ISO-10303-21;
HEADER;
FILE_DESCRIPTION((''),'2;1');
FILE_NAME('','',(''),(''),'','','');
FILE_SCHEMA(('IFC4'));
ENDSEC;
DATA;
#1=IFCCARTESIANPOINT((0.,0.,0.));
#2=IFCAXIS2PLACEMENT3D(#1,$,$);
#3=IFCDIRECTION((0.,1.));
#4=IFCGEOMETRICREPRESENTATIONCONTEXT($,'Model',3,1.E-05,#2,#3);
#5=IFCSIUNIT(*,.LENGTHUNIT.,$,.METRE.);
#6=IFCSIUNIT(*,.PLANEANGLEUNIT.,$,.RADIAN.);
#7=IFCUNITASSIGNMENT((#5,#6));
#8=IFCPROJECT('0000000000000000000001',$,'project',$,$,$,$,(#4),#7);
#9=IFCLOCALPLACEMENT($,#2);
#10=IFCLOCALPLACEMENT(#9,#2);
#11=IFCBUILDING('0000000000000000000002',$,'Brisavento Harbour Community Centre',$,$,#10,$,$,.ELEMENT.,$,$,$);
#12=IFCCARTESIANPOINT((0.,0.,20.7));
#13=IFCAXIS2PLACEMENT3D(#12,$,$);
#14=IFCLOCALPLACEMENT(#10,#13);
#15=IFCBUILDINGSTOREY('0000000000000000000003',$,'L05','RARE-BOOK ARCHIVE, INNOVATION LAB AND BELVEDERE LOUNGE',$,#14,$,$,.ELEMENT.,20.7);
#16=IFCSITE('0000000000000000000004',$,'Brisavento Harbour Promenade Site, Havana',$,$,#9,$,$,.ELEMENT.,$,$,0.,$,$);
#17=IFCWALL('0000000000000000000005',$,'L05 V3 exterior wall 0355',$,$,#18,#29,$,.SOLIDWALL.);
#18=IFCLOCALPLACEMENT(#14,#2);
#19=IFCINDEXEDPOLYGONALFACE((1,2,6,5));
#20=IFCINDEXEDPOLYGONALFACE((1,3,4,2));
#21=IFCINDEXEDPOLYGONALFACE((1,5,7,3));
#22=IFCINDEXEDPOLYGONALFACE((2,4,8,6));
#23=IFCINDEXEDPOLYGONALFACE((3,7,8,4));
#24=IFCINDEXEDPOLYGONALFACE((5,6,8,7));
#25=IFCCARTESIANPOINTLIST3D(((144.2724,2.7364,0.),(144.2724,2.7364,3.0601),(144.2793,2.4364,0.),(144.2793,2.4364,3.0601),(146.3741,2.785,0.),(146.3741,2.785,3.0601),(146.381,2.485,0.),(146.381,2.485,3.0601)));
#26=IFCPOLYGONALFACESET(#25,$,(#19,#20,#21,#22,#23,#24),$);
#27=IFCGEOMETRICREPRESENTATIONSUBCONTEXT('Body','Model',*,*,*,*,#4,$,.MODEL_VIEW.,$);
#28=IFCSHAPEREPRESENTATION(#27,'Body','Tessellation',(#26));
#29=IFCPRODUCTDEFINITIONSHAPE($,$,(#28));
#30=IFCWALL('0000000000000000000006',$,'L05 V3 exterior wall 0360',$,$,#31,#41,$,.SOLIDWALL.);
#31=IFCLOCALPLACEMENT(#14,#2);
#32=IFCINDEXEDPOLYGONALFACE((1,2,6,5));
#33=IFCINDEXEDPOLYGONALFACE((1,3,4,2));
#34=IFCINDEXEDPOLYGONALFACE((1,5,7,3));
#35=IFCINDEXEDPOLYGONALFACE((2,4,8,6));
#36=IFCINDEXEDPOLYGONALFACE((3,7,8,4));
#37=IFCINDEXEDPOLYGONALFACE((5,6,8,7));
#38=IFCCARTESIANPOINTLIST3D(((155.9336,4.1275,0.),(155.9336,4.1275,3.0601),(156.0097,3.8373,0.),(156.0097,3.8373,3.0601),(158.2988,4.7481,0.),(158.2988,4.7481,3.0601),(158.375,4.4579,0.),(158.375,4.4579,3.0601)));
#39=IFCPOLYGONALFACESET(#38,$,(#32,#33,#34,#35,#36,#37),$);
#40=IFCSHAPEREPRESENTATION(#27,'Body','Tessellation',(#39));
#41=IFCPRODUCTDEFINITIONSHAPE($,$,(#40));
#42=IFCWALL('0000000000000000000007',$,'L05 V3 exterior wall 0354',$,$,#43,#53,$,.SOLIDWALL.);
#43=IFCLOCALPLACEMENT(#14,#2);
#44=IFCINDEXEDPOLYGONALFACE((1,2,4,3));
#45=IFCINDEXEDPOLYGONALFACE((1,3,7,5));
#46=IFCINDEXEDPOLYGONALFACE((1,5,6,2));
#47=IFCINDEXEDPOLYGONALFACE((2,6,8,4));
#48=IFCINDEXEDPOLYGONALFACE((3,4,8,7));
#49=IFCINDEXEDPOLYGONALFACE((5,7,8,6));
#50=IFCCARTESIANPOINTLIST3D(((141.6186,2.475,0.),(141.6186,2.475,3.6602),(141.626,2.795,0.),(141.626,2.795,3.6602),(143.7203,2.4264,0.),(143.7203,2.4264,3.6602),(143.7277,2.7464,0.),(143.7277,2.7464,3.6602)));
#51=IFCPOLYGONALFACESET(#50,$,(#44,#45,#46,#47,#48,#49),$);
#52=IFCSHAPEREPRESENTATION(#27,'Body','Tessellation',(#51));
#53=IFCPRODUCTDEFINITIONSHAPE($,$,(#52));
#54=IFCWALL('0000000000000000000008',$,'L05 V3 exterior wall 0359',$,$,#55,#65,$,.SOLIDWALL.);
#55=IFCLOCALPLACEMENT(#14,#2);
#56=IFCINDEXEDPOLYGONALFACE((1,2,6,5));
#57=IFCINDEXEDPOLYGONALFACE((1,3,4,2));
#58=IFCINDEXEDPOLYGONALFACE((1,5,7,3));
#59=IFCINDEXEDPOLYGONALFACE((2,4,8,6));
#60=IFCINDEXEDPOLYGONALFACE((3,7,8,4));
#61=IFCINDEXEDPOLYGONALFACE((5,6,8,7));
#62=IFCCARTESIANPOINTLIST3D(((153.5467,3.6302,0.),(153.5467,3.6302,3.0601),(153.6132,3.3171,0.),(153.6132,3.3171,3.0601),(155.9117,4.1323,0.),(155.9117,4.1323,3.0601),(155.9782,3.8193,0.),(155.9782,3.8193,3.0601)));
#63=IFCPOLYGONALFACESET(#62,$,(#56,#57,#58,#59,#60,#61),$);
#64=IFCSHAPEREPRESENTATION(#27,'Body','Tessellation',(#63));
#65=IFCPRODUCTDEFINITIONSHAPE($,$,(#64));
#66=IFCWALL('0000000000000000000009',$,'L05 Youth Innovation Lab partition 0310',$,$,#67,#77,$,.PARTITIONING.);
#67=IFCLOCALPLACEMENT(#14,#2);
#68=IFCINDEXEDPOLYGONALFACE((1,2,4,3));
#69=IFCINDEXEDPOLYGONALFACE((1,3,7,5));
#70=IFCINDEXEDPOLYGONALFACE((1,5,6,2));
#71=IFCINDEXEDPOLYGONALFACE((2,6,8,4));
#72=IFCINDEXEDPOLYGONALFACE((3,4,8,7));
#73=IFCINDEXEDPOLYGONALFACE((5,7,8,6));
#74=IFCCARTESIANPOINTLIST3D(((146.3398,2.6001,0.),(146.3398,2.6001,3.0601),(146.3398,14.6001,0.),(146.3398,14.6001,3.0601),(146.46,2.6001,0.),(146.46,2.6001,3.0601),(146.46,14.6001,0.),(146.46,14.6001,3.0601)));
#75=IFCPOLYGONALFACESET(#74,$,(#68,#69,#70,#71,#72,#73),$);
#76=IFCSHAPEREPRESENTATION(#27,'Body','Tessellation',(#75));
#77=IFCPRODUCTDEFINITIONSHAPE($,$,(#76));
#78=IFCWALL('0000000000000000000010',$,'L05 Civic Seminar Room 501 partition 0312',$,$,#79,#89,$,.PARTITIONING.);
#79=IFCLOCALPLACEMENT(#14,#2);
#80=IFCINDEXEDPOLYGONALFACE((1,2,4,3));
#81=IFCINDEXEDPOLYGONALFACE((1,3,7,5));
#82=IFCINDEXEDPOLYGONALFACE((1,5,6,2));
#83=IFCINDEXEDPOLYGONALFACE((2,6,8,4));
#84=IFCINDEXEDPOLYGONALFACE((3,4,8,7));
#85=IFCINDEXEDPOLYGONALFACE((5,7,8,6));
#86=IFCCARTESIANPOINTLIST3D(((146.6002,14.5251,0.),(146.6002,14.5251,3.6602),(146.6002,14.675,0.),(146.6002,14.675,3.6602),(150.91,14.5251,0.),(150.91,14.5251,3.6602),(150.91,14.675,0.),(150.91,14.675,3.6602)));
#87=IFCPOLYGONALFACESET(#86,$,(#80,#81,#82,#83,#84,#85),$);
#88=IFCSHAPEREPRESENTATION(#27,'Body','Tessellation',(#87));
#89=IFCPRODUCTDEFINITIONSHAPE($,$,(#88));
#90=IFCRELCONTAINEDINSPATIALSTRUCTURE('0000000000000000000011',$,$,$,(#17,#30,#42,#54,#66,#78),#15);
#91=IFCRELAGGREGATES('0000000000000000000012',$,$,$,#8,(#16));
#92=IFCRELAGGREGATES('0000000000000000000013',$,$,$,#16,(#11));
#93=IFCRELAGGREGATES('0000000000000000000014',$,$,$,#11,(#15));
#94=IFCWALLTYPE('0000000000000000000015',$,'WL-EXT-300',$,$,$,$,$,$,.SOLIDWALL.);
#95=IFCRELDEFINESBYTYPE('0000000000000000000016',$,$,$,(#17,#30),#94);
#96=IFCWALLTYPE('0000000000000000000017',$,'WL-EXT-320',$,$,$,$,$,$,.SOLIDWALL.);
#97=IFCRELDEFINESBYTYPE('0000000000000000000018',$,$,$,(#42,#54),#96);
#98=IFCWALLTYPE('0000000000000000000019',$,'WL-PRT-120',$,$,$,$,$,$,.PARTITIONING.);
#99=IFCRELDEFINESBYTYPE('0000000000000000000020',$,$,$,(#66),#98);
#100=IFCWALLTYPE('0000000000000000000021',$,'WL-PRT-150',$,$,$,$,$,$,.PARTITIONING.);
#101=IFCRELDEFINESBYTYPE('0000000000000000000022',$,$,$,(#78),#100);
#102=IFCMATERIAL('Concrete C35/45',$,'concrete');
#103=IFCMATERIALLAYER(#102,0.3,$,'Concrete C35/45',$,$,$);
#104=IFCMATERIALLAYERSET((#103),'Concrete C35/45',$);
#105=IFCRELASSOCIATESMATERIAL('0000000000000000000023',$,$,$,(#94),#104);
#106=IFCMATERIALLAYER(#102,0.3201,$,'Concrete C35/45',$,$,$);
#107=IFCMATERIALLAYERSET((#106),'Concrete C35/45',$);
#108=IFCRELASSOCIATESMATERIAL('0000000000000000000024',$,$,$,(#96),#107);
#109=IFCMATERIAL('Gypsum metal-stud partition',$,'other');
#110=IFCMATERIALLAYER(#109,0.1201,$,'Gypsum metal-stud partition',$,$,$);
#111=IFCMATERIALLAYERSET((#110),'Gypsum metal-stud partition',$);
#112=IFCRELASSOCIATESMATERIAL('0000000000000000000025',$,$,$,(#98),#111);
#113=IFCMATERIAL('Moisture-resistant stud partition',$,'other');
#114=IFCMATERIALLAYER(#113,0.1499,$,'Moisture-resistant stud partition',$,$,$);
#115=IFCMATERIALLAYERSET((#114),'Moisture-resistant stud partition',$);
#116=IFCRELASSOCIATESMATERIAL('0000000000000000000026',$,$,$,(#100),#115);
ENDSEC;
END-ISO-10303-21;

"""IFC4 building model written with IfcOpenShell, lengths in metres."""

from ifc_helpers import new_model, si_unit, direction, frame, frame_2d, origin, place, context, subcontext, project, spatial, rectangle, extrude, material, layer, layer_set, type_object, element, save


model = new_model("IFC4")

# Units and contexts
model_context = context("Model", 3, precision=1e-05, world=origin(), true_north=direction((0.0, 1.0)))
body_context = subcontext(model_context, "Body", "Model", "MODEL_VIEW")
ifc_project = project(units=[si_unit("LENGTHUNIT", "METRE"), si_unit("PLANEANGLEUNIT", "RADIAN")], contexts=[model_context])

# Site, building, storey
site_placement = place(None, origin())
site = spatial("IfcSite", under=ifc_project, at=site_placement, Name="Brisavento Harbour Promenade Site, Havana", CompositionType="ELEMENT", RefElevation=0.0)
building_placement = place(site_placement, origin())
building = spatial("IfcBuilding", under=site, at=building_placement, Name="Brisavento Harbour Community Centre", CompositionType="ELEMENT")
storey_placement = place(building_placement, frame((0.0, 0.0, 20.7)))
storey = spatial("IfcBuildingStorey", under=building, at=storey_placement, Name="L05", Description="RARE-BOOK ARCHIVE, INNOVATION LAB AND BELVEDERE LOUNGE", CompositionType="ELEMENT", Elevation=20.7)

# Shared definitions
ifc_material_1 = material(Name="Concrete C35/45", Category="concrete")

# Walls
ifc_layer_1 = layer(ifc_material_1, 0.3, Name="Concrete C35/45")
ifc_layer_set_1 = layer_set([ifc_layer_1], Name="Concrete C35/45")
wall_type_1 = type_object("IfcWallType", Name="WL-EXT-300", PredefinedType="SOLIDWALL", material=ifc_layer_set_1)
wall_1_placement = place(storey_placement, frame((146.3777, 2.635, 0.0), z_axis=(0.0, 0.0, 1.0), x_axis=(-0.999733, -0.023109, 0.0)))
element("IfcWall", 1, at=wall_1_placement, inside=storey, type_object=wall_type_1, Name="L05 V3 exterior wall 0355", PredefinedType="SOLIDWALL", context=body_context, shape_type="SweptSolid", body=[
    extrude(rectangle(XDim=2.1023, YDim=0.3, at=frame_2d((1.0513, 0.0))), origin(), (0.0, 0.0, 1.0), 3.0601),
])
wall_2_placement = place(storey_placement, frame((158.3369, 4.603, 0.0), z_axis=(0.0, 0.0, 1.0), x_axis=(-0.967258, -0.253795, 0.0)))
element("IfcWall", 2, at=wall_2_placement, inside=storey, type_object=wall_type_1, Name="L05 V3 exterior wall 0360", PredefinedType="SOLIDWALL", context=body_context, shape_type="SweptSolid", body=[
    extrude(rectangle(XDim=2.4453, YDim=0.3, at=frame_2d((1.2227, 0.0))), origin(), (0.0, 0.0, 1.0), 3.0601),
])
ifc_layer_2 = layer(ifc_material_1, 0.3201, Name="Concrete C35/45")
ifc_layer_set_2 = layer_set([ifc_layer_2], Name="Concrete C35/45")
wall_type_2 = type_object("IfcWallType", Name="WL-EXT-320", PredefinedType="SOLIDWALL", material=ifc_layer_set_2)
wall_3_placement = place(storey_placement, frame((143.7241, 2.5864, 0.0), z_axis=(0.0, 0.0, 1.0), x_axis=(-0.999733, 0.023109, 0.0)))
element("IfcWall", 3, at=wall_3_placement, inside=storey, type_object=wall_type_2, Name="L05 V3 exterior wall 0354", PredefinedType="SOLIDWALL", context=body_context, shape_type="SweptSolid", body=[
    extrude(rectangle(XDim=2.1023, YDim=0.3201, at=frame_2d((1.0513, 0.0))), origin(), (0.0, 0.0, 1.0), 3.6602),
])
wall_4_placement = place(storey_placement, frame((155.9451, 3.9758, 0.0), z_axis=(0.0, 0.0, 1.0), x_axis=(-0.978189, -0.207715, 0.0)))
element("IfcWall", 4, at=wall_4_placement, inside=storey, type_object=wall_type_2, Name="L05 V3 exterior wall 0359", PredefinedType="SOLIDWALL", context=body_context, shape_type="SweptSolid", body=[
    extrude(rectangle(XDim=2.4177, YDim=0.3201, at=frame_2d((1.209, 0.0))), origin(), (0.0, 0.0, 1.0), 3.0601),
])

# Walls
ifc_material_2 = material(Name="Gypsum metal-stud partition", Category="other")
ifc_layer_3 = layer(ifc_material_2, 0.1201, Name="Gypsum metal-stud partition")
ifc_layer_set_3 = layer_set([ifc_layer_3], Name="Gypsum metal-stud partition")
wall_type_3 = type_object("IfcWallType", Name="WL-PRT-120", PredefinedType="PARTITIONING", material=ifc_layer_set_3)
wall_5_placement = place(storey_placement, frame((146.3999, 2.6001, 0.0), z_axis=(0.0, 0.0, 1.0), x_axis=(0.0, 1.0, 0.0)))
element("IfcWall", 5, at=wall_5_placement, inside=storey, type_object=wall_type_3, Name="L05 Youth Innovation Lab partition 0310", PredefinedType="PARTITIONING", context=body_context, shape_type="SweptSolid", body=[
    extrude(rectangle(XDim=12.0, YDim=0.1201, at=frame_2d((6.0, 0.0))), origin(), (0.0, 0.0, 1.0), 3.0601),
])
ifc_material_3 = material(Name="Moisture-resistant stud partition", Category="other")
ifc_layer_4 = layer(ifc_material_3, 0.1499, Name="Moisture-resistant stud partition")
ifc_layer_set_4 = layer_set([ifc_layer_4], Name="Moisture-resistant stud partition")
wall_type_4 = type_object("IfcWallType", Name="WL-PRT-150", PredefinedType="PARTITIONING", material=ifc_layer_set_4)
wall_6_placement = place(storey_placement, frame((150.9099, 14.6001, 0.0), z_axis=(0.0, 0.0, 1.0), x_axis=(-1.0, 0.0, 0.0)))
element("IfcWall", 6, at=wall_6_placement, inside=storey, type_object=wall_type_4, Name="L05 Civic Seminar Room 501 partition 0312", PredefinedType="PARTITIONING", context=body_context, shape_type="SweptSolid", body=[
    extrude(rectangle(XDim=4.3098, YDim=0.1499, at=frame_2d((2.1548, 0.0))), origin(), (0.0, 0.0, 1.0), 3.6602),
])

save(model, "model.ifc")
